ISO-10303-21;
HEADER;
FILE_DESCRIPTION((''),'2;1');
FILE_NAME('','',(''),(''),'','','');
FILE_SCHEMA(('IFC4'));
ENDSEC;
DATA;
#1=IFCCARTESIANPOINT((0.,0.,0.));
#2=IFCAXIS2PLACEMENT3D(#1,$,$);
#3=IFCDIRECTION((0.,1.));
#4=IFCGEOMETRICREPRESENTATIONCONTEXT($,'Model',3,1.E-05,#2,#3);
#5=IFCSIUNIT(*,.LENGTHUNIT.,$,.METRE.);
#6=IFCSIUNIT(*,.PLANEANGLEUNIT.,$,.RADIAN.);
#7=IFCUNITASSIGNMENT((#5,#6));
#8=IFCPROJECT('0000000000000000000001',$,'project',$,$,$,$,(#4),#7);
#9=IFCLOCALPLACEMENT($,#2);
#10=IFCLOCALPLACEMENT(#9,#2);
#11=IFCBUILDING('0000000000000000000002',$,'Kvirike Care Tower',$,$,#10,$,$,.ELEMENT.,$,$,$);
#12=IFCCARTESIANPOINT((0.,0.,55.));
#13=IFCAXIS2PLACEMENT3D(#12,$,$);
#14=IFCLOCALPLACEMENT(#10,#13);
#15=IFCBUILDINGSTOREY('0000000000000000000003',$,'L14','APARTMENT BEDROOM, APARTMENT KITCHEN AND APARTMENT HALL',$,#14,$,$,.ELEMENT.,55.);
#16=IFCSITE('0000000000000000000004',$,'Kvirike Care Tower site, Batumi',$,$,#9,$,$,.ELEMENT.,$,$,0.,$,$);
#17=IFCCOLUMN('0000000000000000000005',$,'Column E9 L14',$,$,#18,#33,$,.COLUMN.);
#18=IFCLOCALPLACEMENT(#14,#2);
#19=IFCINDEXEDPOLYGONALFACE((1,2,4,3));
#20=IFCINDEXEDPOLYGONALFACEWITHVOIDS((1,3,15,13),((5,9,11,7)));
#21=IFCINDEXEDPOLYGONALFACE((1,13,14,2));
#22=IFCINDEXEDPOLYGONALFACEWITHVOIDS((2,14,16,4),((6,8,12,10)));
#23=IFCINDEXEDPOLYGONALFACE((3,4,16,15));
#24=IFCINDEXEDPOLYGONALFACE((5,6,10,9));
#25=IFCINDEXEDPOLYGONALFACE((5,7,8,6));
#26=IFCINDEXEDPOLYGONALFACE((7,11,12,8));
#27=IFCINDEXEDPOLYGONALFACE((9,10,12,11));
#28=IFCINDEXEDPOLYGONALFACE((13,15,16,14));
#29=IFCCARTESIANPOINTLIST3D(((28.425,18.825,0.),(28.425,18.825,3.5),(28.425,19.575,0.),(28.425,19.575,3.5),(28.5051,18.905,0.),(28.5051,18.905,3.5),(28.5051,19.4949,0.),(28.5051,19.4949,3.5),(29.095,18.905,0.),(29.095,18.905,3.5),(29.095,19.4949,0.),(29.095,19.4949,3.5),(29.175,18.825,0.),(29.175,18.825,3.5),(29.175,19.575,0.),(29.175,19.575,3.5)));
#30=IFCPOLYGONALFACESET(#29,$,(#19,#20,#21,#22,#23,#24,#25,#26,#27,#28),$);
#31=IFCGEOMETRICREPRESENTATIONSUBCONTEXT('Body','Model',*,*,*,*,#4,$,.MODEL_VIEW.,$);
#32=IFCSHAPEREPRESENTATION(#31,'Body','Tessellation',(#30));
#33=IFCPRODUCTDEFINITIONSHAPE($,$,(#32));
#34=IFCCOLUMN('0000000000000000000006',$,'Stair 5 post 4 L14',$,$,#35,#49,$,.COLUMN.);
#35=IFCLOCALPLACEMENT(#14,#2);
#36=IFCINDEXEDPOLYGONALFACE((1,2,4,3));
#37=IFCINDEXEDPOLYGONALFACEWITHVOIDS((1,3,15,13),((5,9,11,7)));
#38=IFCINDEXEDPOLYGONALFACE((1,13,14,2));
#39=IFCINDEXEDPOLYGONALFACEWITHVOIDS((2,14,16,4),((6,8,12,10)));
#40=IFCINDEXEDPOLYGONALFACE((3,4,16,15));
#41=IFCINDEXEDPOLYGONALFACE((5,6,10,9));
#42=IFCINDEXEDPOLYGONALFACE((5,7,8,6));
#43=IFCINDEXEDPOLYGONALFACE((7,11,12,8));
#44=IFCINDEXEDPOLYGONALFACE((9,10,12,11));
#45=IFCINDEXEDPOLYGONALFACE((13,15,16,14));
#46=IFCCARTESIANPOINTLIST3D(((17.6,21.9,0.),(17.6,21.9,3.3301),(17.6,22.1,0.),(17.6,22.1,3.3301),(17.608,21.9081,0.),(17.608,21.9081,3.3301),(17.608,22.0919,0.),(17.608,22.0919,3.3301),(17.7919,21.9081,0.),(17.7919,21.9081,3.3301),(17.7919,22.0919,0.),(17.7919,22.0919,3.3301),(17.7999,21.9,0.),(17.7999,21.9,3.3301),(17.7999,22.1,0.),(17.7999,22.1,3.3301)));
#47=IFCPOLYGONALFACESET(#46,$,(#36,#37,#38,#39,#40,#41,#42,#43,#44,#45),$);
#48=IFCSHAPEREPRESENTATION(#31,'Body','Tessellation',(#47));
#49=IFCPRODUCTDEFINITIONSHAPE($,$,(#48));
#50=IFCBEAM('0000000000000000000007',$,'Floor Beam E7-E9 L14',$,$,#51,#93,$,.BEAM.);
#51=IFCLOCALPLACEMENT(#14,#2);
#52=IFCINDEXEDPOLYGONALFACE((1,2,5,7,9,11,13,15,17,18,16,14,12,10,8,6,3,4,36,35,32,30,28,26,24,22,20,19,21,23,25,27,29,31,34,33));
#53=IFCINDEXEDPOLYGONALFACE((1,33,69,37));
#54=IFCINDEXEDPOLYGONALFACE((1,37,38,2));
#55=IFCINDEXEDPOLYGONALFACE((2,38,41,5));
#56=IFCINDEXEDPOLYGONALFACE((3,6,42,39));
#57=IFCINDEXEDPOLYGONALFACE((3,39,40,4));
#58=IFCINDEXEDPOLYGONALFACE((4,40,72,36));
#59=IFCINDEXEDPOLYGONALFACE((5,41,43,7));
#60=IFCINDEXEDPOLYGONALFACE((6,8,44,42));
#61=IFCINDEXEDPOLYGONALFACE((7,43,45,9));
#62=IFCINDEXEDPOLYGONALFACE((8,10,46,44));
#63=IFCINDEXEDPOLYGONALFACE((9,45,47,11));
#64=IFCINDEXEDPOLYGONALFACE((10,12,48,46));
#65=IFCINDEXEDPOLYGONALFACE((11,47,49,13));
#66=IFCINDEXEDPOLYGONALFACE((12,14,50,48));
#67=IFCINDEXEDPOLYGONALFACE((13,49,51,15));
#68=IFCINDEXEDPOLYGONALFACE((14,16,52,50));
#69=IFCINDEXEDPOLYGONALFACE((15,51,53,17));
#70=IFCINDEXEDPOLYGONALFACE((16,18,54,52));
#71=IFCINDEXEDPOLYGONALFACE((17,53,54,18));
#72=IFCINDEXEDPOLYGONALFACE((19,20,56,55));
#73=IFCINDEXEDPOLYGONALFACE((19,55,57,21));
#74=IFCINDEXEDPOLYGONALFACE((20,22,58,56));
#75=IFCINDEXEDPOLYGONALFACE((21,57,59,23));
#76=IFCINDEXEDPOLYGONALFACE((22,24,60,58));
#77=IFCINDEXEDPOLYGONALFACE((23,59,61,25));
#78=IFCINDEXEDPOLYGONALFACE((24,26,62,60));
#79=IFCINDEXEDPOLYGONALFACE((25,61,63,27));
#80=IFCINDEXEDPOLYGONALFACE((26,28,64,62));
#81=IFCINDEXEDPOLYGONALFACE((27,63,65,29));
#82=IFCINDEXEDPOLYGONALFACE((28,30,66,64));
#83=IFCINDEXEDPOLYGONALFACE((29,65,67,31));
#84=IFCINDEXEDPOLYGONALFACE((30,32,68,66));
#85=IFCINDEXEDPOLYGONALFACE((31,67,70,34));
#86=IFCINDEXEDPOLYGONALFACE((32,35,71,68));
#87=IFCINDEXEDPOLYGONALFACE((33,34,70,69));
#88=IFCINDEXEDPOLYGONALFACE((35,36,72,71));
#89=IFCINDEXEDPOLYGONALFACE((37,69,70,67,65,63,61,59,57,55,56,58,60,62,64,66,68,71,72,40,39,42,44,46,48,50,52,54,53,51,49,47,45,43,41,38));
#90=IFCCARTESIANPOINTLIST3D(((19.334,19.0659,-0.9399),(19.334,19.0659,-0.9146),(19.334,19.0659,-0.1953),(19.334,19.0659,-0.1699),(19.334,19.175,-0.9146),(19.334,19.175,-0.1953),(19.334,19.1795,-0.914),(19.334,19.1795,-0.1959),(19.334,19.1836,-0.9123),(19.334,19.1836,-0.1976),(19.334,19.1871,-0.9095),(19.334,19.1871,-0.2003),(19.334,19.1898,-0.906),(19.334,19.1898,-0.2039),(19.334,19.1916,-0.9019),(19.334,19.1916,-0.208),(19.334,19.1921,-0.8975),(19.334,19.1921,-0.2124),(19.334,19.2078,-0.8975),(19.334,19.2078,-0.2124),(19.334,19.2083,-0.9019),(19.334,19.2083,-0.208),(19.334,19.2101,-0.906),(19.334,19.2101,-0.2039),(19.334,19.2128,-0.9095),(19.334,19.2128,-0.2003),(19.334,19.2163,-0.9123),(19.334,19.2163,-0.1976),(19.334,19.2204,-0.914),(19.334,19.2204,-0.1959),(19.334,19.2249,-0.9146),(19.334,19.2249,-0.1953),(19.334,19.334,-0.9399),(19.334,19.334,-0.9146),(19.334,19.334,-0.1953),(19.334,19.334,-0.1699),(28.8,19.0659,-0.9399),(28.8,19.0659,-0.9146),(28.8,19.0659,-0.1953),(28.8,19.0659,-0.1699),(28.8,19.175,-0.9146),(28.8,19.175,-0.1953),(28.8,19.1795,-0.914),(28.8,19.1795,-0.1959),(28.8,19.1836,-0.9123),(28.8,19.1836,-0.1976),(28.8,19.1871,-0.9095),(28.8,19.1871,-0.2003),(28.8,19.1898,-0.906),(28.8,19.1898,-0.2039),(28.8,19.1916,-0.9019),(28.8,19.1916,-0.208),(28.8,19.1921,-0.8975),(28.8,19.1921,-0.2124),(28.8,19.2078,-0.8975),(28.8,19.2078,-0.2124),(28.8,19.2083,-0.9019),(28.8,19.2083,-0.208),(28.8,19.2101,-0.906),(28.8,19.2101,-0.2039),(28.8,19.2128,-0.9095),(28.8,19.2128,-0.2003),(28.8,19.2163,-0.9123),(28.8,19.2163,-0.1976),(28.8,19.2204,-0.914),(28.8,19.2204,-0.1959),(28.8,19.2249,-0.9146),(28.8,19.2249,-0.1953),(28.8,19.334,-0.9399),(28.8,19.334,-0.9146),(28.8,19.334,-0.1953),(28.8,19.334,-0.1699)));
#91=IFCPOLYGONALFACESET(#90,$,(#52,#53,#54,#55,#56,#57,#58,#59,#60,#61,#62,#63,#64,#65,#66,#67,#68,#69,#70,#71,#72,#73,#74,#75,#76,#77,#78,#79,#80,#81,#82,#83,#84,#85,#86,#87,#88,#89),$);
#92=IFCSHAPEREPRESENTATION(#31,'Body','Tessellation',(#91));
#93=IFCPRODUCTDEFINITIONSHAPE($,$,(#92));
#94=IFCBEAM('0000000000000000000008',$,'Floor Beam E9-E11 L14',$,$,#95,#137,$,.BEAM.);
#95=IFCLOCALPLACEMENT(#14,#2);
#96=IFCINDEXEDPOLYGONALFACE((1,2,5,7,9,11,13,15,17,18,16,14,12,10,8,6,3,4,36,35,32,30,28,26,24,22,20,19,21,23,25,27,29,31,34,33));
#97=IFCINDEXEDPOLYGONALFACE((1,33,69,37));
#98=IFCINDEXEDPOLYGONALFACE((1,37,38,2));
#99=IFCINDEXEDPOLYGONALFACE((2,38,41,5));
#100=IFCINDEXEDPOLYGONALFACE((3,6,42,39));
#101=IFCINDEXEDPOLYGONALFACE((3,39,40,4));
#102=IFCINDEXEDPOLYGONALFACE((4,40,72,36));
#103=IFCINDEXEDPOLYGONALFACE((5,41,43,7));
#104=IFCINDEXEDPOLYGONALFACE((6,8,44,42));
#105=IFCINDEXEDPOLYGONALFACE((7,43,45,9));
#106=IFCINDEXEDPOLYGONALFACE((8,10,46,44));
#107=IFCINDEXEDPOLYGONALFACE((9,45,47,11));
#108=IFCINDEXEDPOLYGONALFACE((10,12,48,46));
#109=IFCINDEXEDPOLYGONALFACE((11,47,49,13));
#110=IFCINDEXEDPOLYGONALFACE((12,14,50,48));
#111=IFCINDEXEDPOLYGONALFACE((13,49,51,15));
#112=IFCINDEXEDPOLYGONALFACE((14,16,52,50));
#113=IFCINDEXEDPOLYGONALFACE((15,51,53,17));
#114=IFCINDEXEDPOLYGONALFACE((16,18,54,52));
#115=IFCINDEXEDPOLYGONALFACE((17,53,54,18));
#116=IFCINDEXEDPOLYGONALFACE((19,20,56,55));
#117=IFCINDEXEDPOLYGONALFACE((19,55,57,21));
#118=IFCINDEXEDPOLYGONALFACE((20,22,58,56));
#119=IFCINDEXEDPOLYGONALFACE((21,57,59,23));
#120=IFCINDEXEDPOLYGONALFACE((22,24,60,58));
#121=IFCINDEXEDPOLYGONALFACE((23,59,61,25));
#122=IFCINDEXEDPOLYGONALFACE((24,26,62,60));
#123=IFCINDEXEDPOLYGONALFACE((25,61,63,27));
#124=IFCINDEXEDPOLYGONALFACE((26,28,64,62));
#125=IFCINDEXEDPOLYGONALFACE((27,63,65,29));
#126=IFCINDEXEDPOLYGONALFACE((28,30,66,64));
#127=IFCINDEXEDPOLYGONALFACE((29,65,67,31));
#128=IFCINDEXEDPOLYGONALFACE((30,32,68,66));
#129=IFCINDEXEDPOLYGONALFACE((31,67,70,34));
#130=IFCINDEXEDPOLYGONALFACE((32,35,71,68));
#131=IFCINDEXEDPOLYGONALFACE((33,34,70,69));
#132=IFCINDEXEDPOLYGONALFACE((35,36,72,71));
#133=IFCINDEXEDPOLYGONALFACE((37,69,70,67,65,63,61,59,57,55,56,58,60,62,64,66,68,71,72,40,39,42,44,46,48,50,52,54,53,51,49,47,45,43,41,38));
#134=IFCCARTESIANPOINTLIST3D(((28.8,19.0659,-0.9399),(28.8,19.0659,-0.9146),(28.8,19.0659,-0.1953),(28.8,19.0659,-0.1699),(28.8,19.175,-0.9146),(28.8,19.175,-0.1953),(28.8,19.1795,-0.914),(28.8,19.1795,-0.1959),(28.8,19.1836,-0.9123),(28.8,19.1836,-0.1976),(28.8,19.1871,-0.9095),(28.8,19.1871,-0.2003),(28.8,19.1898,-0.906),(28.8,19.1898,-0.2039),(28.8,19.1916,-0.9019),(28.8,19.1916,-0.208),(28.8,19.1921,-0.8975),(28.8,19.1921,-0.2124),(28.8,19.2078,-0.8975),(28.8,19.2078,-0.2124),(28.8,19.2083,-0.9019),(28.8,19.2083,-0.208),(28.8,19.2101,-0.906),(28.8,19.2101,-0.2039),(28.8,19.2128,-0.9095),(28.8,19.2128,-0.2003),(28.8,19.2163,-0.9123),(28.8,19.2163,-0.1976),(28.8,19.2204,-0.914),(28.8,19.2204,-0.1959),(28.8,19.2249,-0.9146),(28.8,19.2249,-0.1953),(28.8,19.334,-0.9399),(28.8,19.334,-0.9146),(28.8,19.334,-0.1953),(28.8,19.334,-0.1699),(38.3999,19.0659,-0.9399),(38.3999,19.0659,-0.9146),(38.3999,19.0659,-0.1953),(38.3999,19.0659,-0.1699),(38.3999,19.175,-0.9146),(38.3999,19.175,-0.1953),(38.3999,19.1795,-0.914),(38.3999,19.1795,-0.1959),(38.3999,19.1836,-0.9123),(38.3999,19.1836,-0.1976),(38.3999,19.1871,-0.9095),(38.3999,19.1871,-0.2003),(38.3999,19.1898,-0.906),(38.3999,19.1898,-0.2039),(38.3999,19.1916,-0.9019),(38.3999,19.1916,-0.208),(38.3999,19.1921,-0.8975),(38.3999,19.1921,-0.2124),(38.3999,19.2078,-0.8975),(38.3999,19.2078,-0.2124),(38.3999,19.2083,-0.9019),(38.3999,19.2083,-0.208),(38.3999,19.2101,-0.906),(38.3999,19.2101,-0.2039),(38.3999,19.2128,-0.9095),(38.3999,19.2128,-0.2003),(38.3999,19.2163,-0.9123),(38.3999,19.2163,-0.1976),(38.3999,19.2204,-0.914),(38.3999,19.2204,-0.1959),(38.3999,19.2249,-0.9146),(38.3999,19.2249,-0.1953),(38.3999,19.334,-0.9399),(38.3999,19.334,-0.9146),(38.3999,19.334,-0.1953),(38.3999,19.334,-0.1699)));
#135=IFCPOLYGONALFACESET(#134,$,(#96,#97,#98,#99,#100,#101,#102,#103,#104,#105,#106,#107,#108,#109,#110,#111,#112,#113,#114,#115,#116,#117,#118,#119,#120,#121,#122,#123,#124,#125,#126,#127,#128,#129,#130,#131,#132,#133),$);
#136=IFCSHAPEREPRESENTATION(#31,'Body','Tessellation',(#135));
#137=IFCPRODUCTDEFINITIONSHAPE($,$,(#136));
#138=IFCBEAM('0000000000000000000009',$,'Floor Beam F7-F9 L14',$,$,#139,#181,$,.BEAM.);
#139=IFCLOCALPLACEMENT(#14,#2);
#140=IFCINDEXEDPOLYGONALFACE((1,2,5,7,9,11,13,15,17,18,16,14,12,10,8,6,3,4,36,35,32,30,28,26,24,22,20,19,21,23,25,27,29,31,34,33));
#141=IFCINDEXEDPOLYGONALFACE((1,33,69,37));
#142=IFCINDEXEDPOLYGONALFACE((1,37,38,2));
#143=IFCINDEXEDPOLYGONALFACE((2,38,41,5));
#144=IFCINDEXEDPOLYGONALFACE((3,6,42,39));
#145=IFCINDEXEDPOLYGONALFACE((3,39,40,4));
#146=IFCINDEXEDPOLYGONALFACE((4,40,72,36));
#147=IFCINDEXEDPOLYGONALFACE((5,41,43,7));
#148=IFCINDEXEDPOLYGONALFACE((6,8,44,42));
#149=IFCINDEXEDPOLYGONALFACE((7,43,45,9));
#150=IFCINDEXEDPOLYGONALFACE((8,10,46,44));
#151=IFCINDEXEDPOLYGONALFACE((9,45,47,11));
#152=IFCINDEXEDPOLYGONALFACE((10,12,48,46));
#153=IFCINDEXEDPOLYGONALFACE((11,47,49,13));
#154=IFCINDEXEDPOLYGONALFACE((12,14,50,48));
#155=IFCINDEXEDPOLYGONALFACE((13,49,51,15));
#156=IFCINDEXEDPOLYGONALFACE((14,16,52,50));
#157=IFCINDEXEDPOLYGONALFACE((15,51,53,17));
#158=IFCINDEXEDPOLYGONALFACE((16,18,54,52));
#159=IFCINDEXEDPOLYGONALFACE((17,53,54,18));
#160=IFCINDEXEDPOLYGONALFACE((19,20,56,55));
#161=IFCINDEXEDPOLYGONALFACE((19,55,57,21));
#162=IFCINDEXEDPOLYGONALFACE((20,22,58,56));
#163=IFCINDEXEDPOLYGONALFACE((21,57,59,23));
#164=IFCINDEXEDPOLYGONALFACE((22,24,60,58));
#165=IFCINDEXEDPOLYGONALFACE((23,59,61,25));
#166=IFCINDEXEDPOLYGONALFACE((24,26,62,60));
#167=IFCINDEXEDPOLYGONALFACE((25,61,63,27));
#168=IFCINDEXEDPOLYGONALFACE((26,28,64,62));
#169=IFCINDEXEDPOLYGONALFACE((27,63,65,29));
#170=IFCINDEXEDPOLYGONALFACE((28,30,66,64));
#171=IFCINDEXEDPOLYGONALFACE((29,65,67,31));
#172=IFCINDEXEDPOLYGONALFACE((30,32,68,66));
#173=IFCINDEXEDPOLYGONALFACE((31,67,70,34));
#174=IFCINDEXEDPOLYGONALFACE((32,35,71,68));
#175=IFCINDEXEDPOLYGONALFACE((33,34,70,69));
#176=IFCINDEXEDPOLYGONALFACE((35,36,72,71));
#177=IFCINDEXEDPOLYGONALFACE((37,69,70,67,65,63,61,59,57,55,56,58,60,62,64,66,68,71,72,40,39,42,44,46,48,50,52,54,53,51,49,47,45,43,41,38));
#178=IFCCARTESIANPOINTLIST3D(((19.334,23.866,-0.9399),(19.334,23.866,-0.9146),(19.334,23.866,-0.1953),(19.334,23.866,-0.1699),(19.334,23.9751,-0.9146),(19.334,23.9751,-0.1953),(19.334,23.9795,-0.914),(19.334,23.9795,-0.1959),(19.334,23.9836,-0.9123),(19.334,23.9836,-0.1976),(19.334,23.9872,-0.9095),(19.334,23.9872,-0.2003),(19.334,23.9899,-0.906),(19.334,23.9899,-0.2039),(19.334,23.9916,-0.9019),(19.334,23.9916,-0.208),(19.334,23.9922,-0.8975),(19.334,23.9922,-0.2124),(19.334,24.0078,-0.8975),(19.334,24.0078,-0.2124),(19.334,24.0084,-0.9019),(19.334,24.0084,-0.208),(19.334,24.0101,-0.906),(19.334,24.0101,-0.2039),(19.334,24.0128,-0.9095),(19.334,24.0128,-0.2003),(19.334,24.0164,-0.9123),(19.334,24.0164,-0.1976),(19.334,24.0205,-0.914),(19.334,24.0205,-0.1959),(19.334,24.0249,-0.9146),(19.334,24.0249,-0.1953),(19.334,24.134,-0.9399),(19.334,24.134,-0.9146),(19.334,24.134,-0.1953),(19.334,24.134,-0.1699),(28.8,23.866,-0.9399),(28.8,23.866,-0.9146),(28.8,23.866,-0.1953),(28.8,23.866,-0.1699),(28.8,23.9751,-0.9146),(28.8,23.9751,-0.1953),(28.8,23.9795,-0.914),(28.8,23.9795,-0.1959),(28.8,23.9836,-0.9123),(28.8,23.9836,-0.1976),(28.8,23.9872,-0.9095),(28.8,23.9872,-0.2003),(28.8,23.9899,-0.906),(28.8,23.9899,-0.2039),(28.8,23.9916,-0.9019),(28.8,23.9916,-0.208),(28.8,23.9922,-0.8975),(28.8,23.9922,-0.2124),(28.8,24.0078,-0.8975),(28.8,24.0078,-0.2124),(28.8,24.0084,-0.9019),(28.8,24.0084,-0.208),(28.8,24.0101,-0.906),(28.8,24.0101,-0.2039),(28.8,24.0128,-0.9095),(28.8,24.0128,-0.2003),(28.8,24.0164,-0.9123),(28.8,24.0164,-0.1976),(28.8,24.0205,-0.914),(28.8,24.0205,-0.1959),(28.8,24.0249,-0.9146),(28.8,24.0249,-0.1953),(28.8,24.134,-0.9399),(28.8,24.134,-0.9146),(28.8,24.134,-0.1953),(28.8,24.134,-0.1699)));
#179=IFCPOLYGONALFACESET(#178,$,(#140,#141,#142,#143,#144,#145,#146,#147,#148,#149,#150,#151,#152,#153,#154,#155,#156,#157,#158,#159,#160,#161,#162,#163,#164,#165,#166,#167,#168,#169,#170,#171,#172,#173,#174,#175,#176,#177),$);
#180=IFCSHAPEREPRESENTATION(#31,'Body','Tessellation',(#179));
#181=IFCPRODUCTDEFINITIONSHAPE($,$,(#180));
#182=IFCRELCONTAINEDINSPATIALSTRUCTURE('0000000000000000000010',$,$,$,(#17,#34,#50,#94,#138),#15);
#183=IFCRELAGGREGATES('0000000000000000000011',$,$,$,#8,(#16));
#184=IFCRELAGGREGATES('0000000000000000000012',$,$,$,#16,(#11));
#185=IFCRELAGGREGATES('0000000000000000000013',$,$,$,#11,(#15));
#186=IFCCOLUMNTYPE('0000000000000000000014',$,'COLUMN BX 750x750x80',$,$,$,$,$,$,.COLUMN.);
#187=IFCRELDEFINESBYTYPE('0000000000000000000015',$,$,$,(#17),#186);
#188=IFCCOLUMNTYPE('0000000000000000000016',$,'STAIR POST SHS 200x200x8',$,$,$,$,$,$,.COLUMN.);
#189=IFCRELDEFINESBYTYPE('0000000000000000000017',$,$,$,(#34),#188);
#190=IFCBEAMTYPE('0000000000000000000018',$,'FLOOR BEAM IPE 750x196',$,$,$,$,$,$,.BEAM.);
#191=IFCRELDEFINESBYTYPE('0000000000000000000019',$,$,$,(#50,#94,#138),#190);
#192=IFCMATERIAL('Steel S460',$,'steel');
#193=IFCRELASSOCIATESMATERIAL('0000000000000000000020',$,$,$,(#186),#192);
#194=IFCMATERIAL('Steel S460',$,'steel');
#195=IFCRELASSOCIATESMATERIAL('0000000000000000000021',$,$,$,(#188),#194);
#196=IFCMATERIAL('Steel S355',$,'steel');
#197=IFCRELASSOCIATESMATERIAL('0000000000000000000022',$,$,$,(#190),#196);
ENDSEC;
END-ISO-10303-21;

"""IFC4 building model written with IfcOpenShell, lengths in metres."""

from ifc_helpers import new_model, si_unit, direction, frame, origin, origin_2d, place, context, subcontext, project, spatial, hollow_rectangle, i_section, extrude, material, material_profile, profile_set, type_object, element, save


model = new_model("IFC4")

# Units and contexts
model_context = context("Model", 3, precision=1e-05, world=origin(), true_north=direction((0.0, 1.0)))
body_context = subcontext(model_context, "Body", "Model", "MODEL_VIEW")
ifc_project = project(units=[si_unit("LENGTHUNIT", "METRE"), si_unit("PLANEANGLEUNIT", "RADIAN")], contexts=[model_context])

# Site, building, storey
site_placement = place(None, origin())
site = spatial("IfcSite", under=ifc_project, at=site_placement, Name="Kvirike Care Tower site, Batumi", CompositionType="ELEMENT", RefElevation=0.0)
building_placement = place(site_placement, origin())
building = spatial("IfcBuilding", under=site, at=building_placement, Name="Kvirike Care Tower", CompositionType="ELEMENT")
storey_placement = place(building_placement, frame((0.0, 0.0, 55.0)))
storey = spatial("IfcBuildingStorey", under=building, at=storey_placement, Name="L14", Description="APARTMENT BEDROOM, APARTMENT KITCHEN AND APARTMENT HALL", CompositionType="ELEMENT", Elevation=55.0)

# Columns
ifc_material_1 = material(Name="Steel S460", Category="steel")
ifc_material_profile_1 = material_profile(ifc_material_1, hollow_rectangle(XDim=0.75, YDim=0.75, WallThickness=0.0801, at=origin_2d()), Name="BX 750x750x80")
ifc_profile_set_1 = profile_set([ifc_material_profile_1], Name="Steel S460")
column_type_1 = type_object("IfcColumnType", Name="COLUMN BX 750x750x80", PredefinedType="COLUMN", material=ifc_profile_set_1)
column_1_placement = place(storey_placement, frame((28.8, 19.2, 0.0), z_axis=(0.0, 0.0, 1.0), x_axis=(1.0, 0.0, 0.0)))
element("IfcColumn", 1, at=column_1_placement, inside=storey, type_object=column_type_1, Name="Column E9 L14", PredefinedType="COLUMN", context=body_context, shape_type="SweptSolid", body=[
    extrude(hollow_rectangle(XDim=0.75, YDim=0.75, WallThickness=0.0801, at=origin_2d()), origin(), (0.0, 0.0, 1.0), 3.5),
])
ifc_material_2 = material(Name="Steel S460", Category="steel")
ifc_material_profile_2 = material_profile(ifc_material_2, hollow_rectangle(XDim=0.2, YDim=0.2, WallThickness=0.0081, at=origin_2d()), Name="SHS 200x200x8")
ifc_profile_set_2 = profile_set([ifc_material_profile_2], Name="Steel S460")
column_type_2 = type_object("IfcColumnType", Name="STAIR POST SHS 200x200x8", PredefinedType="COLUMN", material=ifc_profile_set_2)
column_2_placement = place(storey_placement, frame((17.7, 22.0, 0.0), z_axis=(0.0, 0.0, 1.0), x_axis=(1.0, 0.0, 0.0)))
element("IfcColumn", 2, at=column_2_placement, inside=storey, type_object=column_type_2, Name="Stair 5 post 4 L14", PredefinedType="COLUMN", context=body_context, shape_type="SweptSolid", body=[
    extrude(hollow_rectangle(XDim=0.2, YDim=0.2, WallThickness=0.0081, at=origin_2d()), origin(), (0.0, 0.0, 1.0), 3.3301),
])

# Beams
ifc_material_3 = material(Name="Steel S355", Category="steel")
ifc_material_profile_3 = material_profile(ifc_material_3, i_section(OverallWidth=0.2681, OverallDepth=0.77, WebThickness=0.0156, FlangeThickness=0.0254, FilletRadius=0.0171, at=origin_2d()), Name="IPE 750x196")
ifc_profile_set_3 = profile_set([ifc_material_profile_3], Name="Steel S355")
beam_type = type_object("IfcBeamType", Name="FLOOR BEAM IPE 750x196", PredefinedType="BEAM", material=ifc_profile_set_3)
beam_1_placement = place(storey_placement, frame((19.334, 19.2, -0.5549), z_axis=(1.0, 0.0, 0.0), x_axis=(0.0, 1.0, 0.0)))
element("IfcBeam", 3, at=beam_1_placement, inside=storey, type_object=beam_type, Name="Floor Beam E7-E9 L14", PredefinedType="BEAM", context=body_context, shape_type="SweptSolid", body=[
    extrude(i_section(OverallWidth=0.2681, OverallDepth=0.77, WebThickness=0.0156, FlangeThickness=0.0254, FilletRadius=0.0171, at=origin_2d()), origin(), (0.0, 0.0, 1.0), 9.4661),
])
beam_2_placement = place(storey_placement, frame((28.8, 19.2, -0.5549), z_axis=(1.0, 0.0, 0.0), x_axis=(0.0, 1.0, 0.0)))
element("IfcBeam", 4, at=beam_2_placement, inside=storey, type_object=beam_type, Name="Floor Beam E9-E11 L14", PredefinedType="BEAM", context=body_context, shape_type="SweptSolid", body=[
    extrude(i_section(OverallWidth=0.2681, OverallDepth=0.77, WebThickness=0.0156, FlangeThickness=0.0254, FilletRadius=0.0171, at=origin_2d()), origin(), (0.0, 0.0, 1.0), 9.5999),
])
beam_3_placement = place(storey_placement, frame((19.334, 24.0, -0.5549), z_axis=(1.0, 0.0, 0.0), x_axis=(0.0, 1.0, 0.0)))
element("IfcBeam", 5, at=beam_3_placement, inside=storey, type_object=beam_type, Name="Floor Beam F7-F9 L14", PredefinedType="BEAM", context=body_context, shape_type="SweptSolid", body=[
    extrude(i_section(OverallWidth=0.2681, OverallDepth=0.77, WebThickness=0.0156, FlangeThickness=0.0254, FilletRadius=0.0171, at=origin_2d()), origin(), (0.0, 0.0, 1.0), 9.4661),
])

save(model, "model.ifc")
